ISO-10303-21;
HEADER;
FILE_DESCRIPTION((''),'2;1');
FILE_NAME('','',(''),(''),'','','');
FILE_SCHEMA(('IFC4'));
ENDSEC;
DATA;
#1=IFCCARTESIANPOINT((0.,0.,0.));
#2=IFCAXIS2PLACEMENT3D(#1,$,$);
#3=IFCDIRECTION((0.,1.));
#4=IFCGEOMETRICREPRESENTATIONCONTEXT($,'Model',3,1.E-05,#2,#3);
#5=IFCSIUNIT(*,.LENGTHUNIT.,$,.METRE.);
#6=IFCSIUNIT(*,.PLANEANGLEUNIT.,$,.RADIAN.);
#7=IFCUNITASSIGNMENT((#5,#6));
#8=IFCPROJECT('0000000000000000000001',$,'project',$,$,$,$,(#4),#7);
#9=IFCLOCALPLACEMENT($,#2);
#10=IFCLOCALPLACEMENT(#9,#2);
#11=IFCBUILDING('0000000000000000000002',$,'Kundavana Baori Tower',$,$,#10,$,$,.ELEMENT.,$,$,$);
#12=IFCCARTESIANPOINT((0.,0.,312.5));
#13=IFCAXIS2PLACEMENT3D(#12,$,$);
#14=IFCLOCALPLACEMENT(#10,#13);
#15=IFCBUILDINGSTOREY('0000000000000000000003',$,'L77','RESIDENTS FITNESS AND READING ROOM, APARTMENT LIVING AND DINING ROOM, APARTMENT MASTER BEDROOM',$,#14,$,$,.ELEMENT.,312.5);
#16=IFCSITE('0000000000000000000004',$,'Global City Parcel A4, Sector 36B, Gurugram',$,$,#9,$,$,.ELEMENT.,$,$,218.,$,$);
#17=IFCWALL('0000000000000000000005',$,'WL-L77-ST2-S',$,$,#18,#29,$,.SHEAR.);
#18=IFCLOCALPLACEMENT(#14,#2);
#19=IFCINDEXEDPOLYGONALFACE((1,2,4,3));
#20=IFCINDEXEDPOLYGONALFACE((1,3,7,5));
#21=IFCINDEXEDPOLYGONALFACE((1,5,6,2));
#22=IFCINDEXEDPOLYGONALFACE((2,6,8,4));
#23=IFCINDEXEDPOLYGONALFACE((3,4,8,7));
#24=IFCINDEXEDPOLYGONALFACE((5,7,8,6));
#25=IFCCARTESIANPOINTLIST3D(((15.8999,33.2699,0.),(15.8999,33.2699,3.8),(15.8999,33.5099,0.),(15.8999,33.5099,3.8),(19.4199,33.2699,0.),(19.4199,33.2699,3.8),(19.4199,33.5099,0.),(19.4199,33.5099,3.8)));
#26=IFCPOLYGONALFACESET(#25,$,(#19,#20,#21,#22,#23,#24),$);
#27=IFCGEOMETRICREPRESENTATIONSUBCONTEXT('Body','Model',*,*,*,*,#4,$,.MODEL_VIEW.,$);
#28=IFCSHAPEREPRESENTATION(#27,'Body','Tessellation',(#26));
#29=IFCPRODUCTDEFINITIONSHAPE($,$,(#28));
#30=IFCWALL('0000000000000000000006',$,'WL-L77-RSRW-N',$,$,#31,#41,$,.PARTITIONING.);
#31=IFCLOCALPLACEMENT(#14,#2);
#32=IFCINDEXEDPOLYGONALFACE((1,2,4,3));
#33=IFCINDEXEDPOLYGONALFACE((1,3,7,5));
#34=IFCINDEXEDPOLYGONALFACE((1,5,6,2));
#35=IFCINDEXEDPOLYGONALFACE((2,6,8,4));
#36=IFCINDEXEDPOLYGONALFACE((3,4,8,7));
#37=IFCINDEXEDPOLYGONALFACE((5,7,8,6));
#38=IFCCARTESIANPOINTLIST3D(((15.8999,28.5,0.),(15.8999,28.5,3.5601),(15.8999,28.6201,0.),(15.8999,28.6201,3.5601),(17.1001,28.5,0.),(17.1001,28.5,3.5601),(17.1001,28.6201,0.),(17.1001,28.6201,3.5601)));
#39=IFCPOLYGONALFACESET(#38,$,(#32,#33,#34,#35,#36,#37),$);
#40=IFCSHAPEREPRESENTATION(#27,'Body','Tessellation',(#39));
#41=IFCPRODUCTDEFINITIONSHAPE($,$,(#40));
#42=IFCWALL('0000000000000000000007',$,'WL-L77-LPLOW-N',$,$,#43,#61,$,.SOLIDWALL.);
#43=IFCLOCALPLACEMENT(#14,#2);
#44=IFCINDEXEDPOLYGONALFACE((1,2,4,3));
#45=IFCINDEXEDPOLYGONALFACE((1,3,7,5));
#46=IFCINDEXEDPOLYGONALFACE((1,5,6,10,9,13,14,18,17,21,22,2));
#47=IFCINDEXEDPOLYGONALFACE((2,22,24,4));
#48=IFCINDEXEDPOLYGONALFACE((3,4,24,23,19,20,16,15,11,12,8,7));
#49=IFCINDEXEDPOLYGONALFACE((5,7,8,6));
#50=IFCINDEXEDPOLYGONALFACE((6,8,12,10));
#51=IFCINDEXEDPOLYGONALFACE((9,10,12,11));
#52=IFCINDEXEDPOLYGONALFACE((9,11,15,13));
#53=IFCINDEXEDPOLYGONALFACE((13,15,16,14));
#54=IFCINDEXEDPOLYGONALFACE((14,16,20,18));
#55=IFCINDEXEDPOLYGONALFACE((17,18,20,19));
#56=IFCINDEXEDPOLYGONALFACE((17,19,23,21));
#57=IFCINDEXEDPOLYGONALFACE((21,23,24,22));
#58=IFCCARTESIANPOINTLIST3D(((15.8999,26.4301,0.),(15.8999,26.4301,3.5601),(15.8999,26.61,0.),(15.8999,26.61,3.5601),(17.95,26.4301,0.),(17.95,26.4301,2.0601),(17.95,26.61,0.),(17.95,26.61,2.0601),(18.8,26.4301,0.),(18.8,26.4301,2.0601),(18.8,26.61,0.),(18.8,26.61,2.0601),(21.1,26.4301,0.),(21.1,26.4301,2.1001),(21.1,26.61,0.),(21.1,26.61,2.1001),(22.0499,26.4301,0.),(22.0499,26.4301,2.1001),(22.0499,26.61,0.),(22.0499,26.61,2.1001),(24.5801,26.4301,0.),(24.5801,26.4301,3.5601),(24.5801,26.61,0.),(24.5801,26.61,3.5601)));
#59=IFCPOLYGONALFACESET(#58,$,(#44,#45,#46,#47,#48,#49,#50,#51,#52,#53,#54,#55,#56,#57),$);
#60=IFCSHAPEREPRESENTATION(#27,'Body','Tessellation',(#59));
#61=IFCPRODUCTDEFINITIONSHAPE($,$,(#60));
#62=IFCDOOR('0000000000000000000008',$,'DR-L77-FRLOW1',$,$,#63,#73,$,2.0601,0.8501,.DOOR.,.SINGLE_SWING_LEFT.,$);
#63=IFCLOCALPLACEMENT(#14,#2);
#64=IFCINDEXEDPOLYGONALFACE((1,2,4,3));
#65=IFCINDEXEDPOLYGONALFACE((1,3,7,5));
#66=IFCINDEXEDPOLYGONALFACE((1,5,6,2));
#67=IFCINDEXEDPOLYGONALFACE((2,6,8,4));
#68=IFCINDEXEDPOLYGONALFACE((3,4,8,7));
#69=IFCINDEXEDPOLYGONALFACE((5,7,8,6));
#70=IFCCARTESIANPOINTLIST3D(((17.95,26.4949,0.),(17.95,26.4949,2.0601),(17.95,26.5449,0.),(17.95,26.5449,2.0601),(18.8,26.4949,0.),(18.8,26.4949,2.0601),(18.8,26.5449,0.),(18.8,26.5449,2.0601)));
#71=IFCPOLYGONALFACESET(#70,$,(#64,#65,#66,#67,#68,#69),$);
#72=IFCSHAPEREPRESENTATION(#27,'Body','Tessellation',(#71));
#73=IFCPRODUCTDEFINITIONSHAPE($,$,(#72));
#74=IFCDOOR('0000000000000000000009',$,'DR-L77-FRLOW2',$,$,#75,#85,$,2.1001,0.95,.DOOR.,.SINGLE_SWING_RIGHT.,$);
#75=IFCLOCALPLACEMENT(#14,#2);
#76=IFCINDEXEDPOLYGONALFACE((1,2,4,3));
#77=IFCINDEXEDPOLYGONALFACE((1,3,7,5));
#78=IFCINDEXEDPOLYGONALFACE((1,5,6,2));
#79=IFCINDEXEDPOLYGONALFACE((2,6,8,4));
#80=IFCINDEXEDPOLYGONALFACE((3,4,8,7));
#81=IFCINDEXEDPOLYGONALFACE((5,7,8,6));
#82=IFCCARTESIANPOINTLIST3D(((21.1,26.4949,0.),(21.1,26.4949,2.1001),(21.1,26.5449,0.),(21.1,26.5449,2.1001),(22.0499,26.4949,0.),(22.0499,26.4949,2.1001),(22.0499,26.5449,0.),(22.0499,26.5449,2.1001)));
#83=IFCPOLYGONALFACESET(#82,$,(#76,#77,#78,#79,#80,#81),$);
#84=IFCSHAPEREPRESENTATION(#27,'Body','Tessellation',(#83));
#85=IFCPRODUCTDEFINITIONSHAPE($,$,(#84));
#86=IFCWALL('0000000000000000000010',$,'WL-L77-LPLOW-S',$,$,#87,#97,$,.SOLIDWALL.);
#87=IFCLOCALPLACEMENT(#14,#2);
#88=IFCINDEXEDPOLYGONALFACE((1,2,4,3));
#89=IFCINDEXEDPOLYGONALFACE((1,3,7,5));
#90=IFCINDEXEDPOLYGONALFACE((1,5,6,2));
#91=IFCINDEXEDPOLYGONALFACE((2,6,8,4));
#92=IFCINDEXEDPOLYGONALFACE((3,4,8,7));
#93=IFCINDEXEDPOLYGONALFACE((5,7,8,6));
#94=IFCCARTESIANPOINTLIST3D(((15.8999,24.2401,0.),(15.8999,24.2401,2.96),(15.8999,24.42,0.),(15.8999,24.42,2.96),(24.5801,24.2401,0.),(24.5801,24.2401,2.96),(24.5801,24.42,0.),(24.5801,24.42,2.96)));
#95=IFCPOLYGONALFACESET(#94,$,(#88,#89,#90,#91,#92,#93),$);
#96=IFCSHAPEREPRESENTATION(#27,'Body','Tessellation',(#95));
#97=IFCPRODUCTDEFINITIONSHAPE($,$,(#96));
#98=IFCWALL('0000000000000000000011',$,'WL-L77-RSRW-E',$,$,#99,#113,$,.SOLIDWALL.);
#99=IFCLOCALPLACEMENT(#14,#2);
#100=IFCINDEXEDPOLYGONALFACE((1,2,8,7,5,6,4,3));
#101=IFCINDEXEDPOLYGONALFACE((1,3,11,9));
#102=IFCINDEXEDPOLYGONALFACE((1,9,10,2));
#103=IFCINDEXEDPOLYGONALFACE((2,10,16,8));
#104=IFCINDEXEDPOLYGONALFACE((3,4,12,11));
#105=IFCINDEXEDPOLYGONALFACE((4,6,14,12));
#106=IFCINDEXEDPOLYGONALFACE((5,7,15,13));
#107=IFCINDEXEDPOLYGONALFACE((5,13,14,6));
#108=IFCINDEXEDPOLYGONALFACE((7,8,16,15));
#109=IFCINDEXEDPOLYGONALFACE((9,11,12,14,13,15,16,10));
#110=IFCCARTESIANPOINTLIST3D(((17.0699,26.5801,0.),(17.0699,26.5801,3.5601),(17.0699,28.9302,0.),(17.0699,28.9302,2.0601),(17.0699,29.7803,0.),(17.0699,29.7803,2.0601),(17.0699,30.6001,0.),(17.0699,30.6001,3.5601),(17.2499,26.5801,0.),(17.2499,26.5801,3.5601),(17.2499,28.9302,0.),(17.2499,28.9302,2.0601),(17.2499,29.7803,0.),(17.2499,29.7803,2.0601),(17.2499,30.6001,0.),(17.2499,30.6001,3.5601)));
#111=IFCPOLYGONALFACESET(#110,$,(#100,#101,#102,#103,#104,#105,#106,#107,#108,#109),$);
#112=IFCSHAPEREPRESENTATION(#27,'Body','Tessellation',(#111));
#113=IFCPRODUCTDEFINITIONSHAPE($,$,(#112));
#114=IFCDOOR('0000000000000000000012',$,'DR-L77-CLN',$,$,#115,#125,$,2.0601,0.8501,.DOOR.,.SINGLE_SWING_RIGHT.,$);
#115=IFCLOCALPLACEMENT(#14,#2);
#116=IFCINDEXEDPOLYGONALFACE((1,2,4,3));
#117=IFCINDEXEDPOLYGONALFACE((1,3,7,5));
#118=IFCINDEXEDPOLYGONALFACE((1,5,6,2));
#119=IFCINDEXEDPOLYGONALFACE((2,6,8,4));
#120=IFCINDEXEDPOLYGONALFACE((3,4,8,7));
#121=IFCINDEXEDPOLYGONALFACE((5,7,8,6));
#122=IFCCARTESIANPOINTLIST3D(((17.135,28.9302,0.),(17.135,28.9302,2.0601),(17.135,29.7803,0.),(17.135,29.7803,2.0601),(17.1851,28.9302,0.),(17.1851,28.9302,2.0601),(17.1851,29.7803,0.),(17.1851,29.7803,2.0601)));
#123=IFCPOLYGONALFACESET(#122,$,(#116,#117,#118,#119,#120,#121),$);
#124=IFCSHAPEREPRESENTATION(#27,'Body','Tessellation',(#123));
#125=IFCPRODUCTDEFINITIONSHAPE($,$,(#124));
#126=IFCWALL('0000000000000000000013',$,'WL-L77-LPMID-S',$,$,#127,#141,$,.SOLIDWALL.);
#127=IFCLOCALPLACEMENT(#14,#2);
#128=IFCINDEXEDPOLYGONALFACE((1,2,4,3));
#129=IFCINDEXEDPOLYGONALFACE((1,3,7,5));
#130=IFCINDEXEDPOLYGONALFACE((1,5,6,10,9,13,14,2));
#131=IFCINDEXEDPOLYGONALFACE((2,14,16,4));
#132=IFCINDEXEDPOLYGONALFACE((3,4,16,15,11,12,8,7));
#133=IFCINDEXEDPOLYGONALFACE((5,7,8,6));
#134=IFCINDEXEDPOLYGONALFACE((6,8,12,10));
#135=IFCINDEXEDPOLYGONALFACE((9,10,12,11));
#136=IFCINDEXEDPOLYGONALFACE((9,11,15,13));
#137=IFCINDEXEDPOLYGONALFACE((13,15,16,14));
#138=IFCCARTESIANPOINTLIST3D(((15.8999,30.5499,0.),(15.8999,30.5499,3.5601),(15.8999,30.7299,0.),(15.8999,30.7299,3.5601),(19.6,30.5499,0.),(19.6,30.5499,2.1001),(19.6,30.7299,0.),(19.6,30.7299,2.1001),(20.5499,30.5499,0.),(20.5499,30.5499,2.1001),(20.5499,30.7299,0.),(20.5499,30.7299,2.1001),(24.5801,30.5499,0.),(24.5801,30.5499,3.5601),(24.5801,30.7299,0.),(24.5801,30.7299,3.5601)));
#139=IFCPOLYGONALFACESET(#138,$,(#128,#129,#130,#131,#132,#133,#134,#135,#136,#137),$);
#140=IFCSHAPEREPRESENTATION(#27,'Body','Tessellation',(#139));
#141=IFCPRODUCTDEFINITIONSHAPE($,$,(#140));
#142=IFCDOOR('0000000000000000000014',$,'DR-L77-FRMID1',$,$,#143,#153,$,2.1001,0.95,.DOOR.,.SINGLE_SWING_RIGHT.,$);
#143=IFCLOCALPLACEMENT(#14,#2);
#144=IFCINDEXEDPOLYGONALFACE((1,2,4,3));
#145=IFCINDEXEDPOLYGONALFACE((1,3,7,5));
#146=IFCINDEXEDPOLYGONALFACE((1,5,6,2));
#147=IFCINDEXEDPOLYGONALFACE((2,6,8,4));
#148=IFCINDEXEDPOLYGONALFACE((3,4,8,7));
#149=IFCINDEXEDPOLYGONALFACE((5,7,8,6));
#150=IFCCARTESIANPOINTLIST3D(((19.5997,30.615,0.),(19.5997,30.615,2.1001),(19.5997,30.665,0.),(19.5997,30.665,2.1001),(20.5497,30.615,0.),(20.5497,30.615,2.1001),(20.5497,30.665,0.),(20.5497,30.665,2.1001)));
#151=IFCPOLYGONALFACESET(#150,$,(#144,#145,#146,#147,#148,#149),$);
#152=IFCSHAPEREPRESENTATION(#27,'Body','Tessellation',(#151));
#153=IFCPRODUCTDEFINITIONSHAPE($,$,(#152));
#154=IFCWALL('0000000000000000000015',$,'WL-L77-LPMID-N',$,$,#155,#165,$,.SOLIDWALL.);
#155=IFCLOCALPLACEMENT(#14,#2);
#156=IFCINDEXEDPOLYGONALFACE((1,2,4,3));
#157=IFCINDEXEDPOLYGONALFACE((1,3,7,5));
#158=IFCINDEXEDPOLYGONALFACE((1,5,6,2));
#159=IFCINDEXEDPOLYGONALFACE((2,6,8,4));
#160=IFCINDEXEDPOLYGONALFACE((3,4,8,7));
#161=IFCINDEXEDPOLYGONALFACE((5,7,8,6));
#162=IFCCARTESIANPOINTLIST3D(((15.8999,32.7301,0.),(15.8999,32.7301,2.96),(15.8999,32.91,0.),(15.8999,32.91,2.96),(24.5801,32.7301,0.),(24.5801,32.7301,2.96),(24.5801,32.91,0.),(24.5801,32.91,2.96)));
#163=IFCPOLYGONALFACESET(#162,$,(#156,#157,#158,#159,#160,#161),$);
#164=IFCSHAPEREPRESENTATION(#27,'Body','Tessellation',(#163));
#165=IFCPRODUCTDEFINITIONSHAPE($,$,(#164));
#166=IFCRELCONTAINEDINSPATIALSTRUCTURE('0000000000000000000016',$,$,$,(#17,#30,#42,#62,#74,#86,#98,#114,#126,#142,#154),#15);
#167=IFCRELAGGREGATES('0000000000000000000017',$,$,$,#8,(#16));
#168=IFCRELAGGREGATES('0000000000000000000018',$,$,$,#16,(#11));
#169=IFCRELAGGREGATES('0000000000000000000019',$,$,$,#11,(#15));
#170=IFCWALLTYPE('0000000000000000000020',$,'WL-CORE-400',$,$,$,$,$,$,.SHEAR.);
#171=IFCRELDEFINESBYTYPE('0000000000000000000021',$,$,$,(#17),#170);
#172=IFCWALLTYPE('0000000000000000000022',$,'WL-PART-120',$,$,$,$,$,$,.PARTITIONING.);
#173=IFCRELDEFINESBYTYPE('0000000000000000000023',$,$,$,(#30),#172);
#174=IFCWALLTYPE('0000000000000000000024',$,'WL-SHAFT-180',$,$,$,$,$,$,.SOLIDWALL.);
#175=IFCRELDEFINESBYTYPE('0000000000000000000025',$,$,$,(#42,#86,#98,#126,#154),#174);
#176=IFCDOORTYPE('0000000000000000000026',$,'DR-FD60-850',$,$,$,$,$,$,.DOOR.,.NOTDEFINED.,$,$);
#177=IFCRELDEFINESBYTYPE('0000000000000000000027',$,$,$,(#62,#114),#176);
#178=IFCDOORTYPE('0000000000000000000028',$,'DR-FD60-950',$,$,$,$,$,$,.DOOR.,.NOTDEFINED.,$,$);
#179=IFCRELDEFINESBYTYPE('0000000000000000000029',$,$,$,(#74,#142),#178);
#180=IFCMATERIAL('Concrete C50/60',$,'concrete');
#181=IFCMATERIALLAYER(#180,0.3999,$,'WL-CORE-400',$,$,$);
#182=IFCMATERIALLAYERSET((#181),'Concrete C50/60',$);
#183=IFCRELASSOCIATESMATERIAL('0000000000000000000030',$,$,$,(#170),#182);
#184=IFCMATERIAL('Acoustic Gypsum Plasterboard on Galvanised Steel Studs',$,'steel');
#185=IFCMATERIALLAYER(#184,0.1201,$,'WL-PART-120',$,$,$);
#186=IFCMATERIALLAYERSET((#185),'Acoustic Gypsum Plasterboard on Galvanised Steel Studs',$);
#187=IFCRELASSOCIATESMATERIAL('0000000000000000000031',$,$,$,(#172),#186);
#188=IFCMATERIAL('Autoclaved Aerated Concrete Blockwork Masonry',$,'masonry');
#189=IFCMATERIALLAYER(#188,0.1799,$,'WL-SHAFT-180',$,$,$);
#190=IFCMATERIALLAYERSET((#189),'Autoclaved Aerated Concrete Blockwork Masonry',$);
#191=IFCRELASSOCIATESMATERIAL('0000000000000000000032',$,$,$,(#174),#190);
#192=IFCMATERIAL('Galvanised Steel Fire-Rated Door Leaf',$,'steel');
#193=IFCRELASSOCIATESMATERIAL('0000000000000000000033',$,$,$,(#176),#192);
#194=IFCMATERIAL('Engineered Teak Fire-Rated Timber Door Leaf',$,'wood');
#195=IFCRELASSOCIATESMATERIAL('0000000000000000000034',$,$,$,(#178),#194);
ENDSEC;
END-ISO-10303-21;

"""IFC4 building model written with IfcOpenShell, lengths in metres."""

from ifc_helpers import new_model, si_unit, direction, frame, frame_2d, origin, place, context, subcontext, project, spatial, rectangle, extrude, material, layer, layer_set, type_object, element, fill, save


model = new_model("IFC4")

# Units and contexts
model_context = context("Model", 3, precision=1e-05, world=origin(), true_north=direction((0.0, 1.0)))
body_context = subcontext(model_context, "Body", "Model", "MODEL_VIEW")
ifc_project = project(units=[si_unit("LENGTHUNIT", "METRE"), si_unit("PLANEANGLEUNIT", "RADIAN")], contexts=[model_context])

# Site, building, storey
site_placement = place(None, origin())
site = spatial("IfcSite", under=ifc_project, at=site_placement, Name="Global City Parcel A4, Sector 36B, Gurugram", CompositionType="ELEMENT", RefElevation=218.0)
building_placement = place(site_placement, origin())
building = spatial("IfcBuilding", under=site, at=building_placement, Name="Kundavana Baori Tower", CompositionType="ELEMENT")
storey_placement = place(building_placement, frame((0.0, 0.0, 312.5)))
storey = spatial("IfcBuildingStorey", under=building, at=storey_placement, Name="L77", Description="RESIDENTS FITNESS AND READING ROOM, APARTMENT LIVING AND DINING ROOM, APARTMENT MASTER BEDROOM", CompositionType="ELEMENT", Elevation=312.5)

# Walls
ifc_material_1 = material(Name="Concrete C50/60", Category="concrete")
ifc_layer_1 = layer(ifc_material_1, 0.3999, Name="WL-CORE-400")
ifc_layer_set_1 = layer_set([ifc_layer_1], Name="Concrete C50/60")
wall_type_1 = type_object("IfcWallType", Name="WL-CORE-400", PredefinedType="SHEAR", material=ifc_layer_set_1)
wall_1_placement = place(storey_placement, frame((15.8999, 33.3899, 0.0), z_axis=(0.0, 0.0, 1.0), x_axis=(1.0, 0.0, 0.0)))
element("IfcWall", 1, at=wall_1_placement, inside=storey, type_object=wall_type_1, Name="WL-L77-ST2-S", PredefinedType="SHEAR", context=body_context, shape_type="SweptSolid", body=[
    extrude(rectangle(XDim=3.52, YDim=0.24, at=frame_2d((1.76, 0.0))), origin(), (0.0, 0.0, 1.0), 3.8),
])
ifc_material_2 = material(Name="Acoustic Gypsum Plasterboard on Galvanised Steel Studs", Category="steel")
ifc_layer_2 = layer(ifc_material_2, 0.1201, Name="WL-PART-120")
ifc_layer_set_2 = layer_set([ifc_layer_2], Name="Acoustic Gypsum Plasterboard on Galvanised Steel Studs")
wall_type_2 = type_object("IfcWallType", Name="WL-PART-120", PredefinedType="PARTITIONING", material=ifc_layer_set_2)
wall_2_placement = place(storey_placement, frame((15.8999, 28.5601, 0.0), z_axis=(0.0, 0.0, 1.0), x_axis=(1.0, 0.0, 0.0)))
element("IfcWall", 2, at=wall_2_placement, inside=storey, type_object=wall_type_2, Name="WL-L77-RSRW-N", PredefinedType="PARTITIONING", context=body_context, shape_type="SweptSolid", body=[
    extrude(rectangle(XDim=1.2002, YDim=0.1201, at=frame_2d((0.6001, 0.0))), origin(), (0.0, 0.0, 1.0), 3.5601),
])

# Wall, openings, doors
ifc_material_3 = material(Name="Autoclaved Aerated Concrete Blockwork Masonry", Category="masonry")
ifc_layer_3 = layer(ifc_material_3, 0.1799, Name="WL-SHAFT-180")
ifc_layer_set_3 = layer_set([ifc_layer_3], Name="Autoclaved Aerated Concrete Blockwork Masonry")
wall_type_3 = type_object("IfcWallType", Name="WL-SHAFT-180", PredefinedType="SOLIDWALL", material=ifc_layer_set_3)
wall_3_placement = place(storey_placement, frame((15.8999, 26.52, 0.0), z_axis=(0.0, 0.0, 1.0), x_axis=(1.0, 0.0, 0.0)))
wall_3 = element("IfcWall", 3, at=wall_3_placement, inside=storey, type_object=wall_type_3, Name="WL-L77-LPLOW-N", PredefinedType="SOLIDWALL", context=body_context, shape_type="SweptSolid", body=[
    extrude(rectangle(XDim=8.6802, YDim=0.1799, at=frame_2d((4.3401, 0.0))), origin(), (0.0, 0.0, 1.0), 3.5601),
])
opening_1_placement = place(wall_3_placement, frame((2.05, 0.0, 0.0)))
opening_1 = element("IfcOpeningElement", 4, at=opening_1_placement, cuts=wall_3, PredefinedType="OPENING", context=body_context, shape_type="SweptSolid", body=[
    extrude(rectangle(XDim=0.8501, YDim=2.0601, at=frame_2d((0.425, 1.03))), frame((0.0, 0.1001, 0.0), z_axis=(0.0, -1.0, 0.0), x_axis=(1.0, 0.0, 0.0)), (0.0, 0.0, 1.0), 0.2),
])
opening_2_placement = place(wall_3_placement, frame((5.2, 0.0, 0.0)))
opening_2 = element("IfcOpeningElement", 5, at=opening_2_placement, cuts=wall_3, PredefinedType="OPENING", context=body_context, shape_type="SweptSolid", body=[
    extrude(rectangle(XDim=0.95, YDim=2.1001, at=frame_2d((0.4751, 1.05))), frame((0.0, 0.1001, 0.0), z_axis=(0.0, -1.0, 0.0), x_axis=(1.0, 0.0, 0.0)), (0.0, 0.0, 1.0), 0.2),
])
ifc_material_4 = material(Name="Galvanised Steel Fire-Rated Door Leaf", Category="steel")
door_type_1 = type_object("IfcDoorType", Name="DR-FD60-850", OperationType="NOTDEFINED", PredefinedType="DOOR", material=ifc_material_4)
door_1_placement = place(opening_1_placement, origin())
door_1 = element("IfcDoor", 6, at=door_1_placement, inside=storey, type_object=door_type_1, Name="DR-L77-FRLOW1", OperationType="SINGLE_SWING_LEFT", OverallHeight=2.0601, OverallWidth=0.8501, PredefinedType="DOOR", context=body_context, shape_type="SweptSolid", body=[
    extrude(rectangle(XDim=0.8501, YDim=2.0601, at=frame_2d((0.425, 1.03))), frame((0.0, 0.0249, 0.0), z_axis=(0.0, -1.0, 0.0), x_axis=(1.0, 0.0, 0.0)), (0.0, 0.0, 1.0), 0.05),
])
fill(opening_1, door_1)
ifc_material_5 = material(Name="Engineered Teak Fire-Rated Timber Door Leaf", Category="wood")
door_type_2 = type_object("IfcDoorType", Name="DR-FD60-950", OperationType="NOTDEFINED", PredefinedType="DOOR", material=ifc_material_5)
door_2_placement = place(opening_2_placement, origin())
door_2 = element("IfcDoor", 7, at=door_2_placement, inside=storey, type_object=door_type_2, Name="DR-L77-FRLOW2", OperationType="SINGLE_SWING_RIGHT", OverallHeight=2.1001, OverallWidth=0.95, PredefinedType="DOOR", context=body_context, shape_type="SweptSolid", body=[
    extrude(rectangle(XDim=0.95, YDim=2.1001, at=frame_2d((0.4751, 1.05))), frame((0.0, 0.0249, 0.0), z_axis=(0.0, -1.0, 0.0), x_axis=(1.0, 0.0, 0.0)), (0.0, 0.0, 1.0), 0.05),
])
fill(opening_2, door_2)

# Wall
wall_4_placement = place(storey_placement, frame((15.8999, 24.3301, 0.0), z_axis=(0.0, 0.0, 1.0), x_axis=(1.0, 0.0, 0.0)))
element("IfcWall", 8, at=wall_4_placement, inside=storey, type_object=wall_type_3, Name="WL-L77-LPLOW-S", PredefinedType="SOLIDWALL", context=body_context, shape_type="SweptSolid", body=[
    extrude(rectangle(XDim=8.6802, YDim=0.1799, at=frame_2d((4.3401, 0.0))), origin(), (0.0, 0.0, 1.0), 2.96),
])

# Walls, openings, doors
wall_5_placement = place(storey_placement, frame((17.1599, 26.5801, 0.0), z_axis=(0.0, 0.0, 1.0), x_axis=(0.0, 1.0, 0.0)))
wall_5 = element("IfcWall", 9, at=wall_5_placement, inside=storey, type_object=wall_type_3, Name="WL-L77-RSRW-E", PredefinedType="SOLIDWALL", context=body_context, shape_type="SweptSolid", body=[
    extrude(rectangle(XDim=4.02, YDim=0.1799, at=frame_2d((2.01, 0.0))), origin(), (0.0, 0.0, 1.0), 3.5601),
])
opening_3_placement = place(wall_5_placement, frame((2.3501, 0.0, 0.0)))
opening_3 = element("IfcOpeningElement", 10, at=opening_3_placement, cuts=wall_5, PredefinedType="OPENING", context=body_context, shape_type="SweptSolid", body=[
    extrude(rectangle(XDim=0.8501, YDim=2.0601, at=frame_2d((0.425, 1.03))), frame((0.0, 0.1001, 0.0), z_axis=(0.0, -1.0, 0.0), x_axis=(1.0, 0.0, 0.0)), (0.0, 0.0, 1.0), 0.2),
])
door_3_placement = place(opening_3_placement, origin())
door_3 = element("IfcDoor", 11, at=door_3_placement, inside=storey, type_object=door_type_1, Name="DR-L77-CLN", OperationType="SINGLE_SWING_RIGHT", OverallHeight=2.0601, OverallWidth=0.8501, PredefinedType="DOOR", context=body_context, shape_type="SweptSolid", body=[
    extrude(rectangle(XDim=0.8501, YDim=2.0601, at=frame_2d((0.425, 1.03))), frame((0.0, 0.0249, 0.0), z_axis=(0.0, -1.0, 0.0), x_axis=(1.0, 0.0, 0.0)), (0.0, 0.0, 1.0), 0.05),
])
fill(opening_3, door_3)
wall_6_placement = place(storey_placement, frame((15.8999, 30.6399, 0.0), z_axis=(0.0, 0.0, 1.0), x_axis=(1.0, 0.0, 0.0)))
wall_6 = element("IfcWall", 12, at=wall_6_placement, inside=storey, type_object=wall_type_3, Name="WL-L77-LPMID-S", PredefinedType="SOLIDWALL", context=body_context, shape_type="SweptSolid", body=[
    extrude(rectangle(XDim=8.6802, YDim=0.1799, at=frame_2d((4.3401, 0.0))), origin(), (0.0, 0.0, 1.0), 3.5601),
])
opening_4_placement = place(wall_6_placement, frame((3.7, 0.0, 0.0)))
opening_4 = element("IfcOpeningElement", 13, at=opening_4_placement, cuts=wall_6, PredefinedType="OPENING", context=body_context, shape_type="SweptSolid", body=[
    extrude(rectangle(XDim=0.95, YDim=2.1001, at=frame_2d((0.4751, 1.05))), frame((0.0, 0.1001, 0.0), z_axis=(0.0, -1.0, 0.0), x_axis=(1.0, 0.0, 0.0)), (0.0, 0.0, 1.0), 0.2),
])
door_4_placement = place(opening_4_placement, frame((0.95, 0.0, 0.0), z_axis=(0.0, 0.0, 1.0), x_axis=(-1.0, 0.0, 0.0)))
door_4 = element("IfcDoor", 14, at=door_4_placement, inside=storey, type_object=door_type_2, Name="DR-L77-FRMID1", OperationType="SINGLE_SWING_RIGHT", OverallHeight=2.1001, OverallWidth=0.95, PredefinedType="DOOR", context=body_context, shape_type="SweptSolid", body=[
    extrude(rectangle(XDim=0.95, YDim=2.1001, at=frame_2d((0.4751, 1.05))), frame((0.0, 0.0249, 0.0), z_axis=(0.0, -1.0, 0.0), x_axis=(1.0, 0.0, 0.0)), (0.0, 0.0, 1.0), 0.05),
])
fill(opening_4, door_4)

# Wall
wall_7_placement = place(storey_placement, frame((15.8999, 32.8201, 0.0), z_axis=(0.0, 0.0, 1.0), x_axis=(1.0, 0.0, 0.0)))
element("IfcWall", 15, at=wall_7_placement, inside=storey, type_object=wall_type_3, Name="WL-L77-LPMID-N", PredefinedType="SOLIDWALL", context=body_context, shape_type="SweptSolid", body=[
    extrude(rectangle(XDim=8.6802, YDim=0.1799, at=frame_2d((4.3401, 0.0))), origin(), (0.0, 0.0, 1.0), 2.96),
])

save(model, "model.ifc")
